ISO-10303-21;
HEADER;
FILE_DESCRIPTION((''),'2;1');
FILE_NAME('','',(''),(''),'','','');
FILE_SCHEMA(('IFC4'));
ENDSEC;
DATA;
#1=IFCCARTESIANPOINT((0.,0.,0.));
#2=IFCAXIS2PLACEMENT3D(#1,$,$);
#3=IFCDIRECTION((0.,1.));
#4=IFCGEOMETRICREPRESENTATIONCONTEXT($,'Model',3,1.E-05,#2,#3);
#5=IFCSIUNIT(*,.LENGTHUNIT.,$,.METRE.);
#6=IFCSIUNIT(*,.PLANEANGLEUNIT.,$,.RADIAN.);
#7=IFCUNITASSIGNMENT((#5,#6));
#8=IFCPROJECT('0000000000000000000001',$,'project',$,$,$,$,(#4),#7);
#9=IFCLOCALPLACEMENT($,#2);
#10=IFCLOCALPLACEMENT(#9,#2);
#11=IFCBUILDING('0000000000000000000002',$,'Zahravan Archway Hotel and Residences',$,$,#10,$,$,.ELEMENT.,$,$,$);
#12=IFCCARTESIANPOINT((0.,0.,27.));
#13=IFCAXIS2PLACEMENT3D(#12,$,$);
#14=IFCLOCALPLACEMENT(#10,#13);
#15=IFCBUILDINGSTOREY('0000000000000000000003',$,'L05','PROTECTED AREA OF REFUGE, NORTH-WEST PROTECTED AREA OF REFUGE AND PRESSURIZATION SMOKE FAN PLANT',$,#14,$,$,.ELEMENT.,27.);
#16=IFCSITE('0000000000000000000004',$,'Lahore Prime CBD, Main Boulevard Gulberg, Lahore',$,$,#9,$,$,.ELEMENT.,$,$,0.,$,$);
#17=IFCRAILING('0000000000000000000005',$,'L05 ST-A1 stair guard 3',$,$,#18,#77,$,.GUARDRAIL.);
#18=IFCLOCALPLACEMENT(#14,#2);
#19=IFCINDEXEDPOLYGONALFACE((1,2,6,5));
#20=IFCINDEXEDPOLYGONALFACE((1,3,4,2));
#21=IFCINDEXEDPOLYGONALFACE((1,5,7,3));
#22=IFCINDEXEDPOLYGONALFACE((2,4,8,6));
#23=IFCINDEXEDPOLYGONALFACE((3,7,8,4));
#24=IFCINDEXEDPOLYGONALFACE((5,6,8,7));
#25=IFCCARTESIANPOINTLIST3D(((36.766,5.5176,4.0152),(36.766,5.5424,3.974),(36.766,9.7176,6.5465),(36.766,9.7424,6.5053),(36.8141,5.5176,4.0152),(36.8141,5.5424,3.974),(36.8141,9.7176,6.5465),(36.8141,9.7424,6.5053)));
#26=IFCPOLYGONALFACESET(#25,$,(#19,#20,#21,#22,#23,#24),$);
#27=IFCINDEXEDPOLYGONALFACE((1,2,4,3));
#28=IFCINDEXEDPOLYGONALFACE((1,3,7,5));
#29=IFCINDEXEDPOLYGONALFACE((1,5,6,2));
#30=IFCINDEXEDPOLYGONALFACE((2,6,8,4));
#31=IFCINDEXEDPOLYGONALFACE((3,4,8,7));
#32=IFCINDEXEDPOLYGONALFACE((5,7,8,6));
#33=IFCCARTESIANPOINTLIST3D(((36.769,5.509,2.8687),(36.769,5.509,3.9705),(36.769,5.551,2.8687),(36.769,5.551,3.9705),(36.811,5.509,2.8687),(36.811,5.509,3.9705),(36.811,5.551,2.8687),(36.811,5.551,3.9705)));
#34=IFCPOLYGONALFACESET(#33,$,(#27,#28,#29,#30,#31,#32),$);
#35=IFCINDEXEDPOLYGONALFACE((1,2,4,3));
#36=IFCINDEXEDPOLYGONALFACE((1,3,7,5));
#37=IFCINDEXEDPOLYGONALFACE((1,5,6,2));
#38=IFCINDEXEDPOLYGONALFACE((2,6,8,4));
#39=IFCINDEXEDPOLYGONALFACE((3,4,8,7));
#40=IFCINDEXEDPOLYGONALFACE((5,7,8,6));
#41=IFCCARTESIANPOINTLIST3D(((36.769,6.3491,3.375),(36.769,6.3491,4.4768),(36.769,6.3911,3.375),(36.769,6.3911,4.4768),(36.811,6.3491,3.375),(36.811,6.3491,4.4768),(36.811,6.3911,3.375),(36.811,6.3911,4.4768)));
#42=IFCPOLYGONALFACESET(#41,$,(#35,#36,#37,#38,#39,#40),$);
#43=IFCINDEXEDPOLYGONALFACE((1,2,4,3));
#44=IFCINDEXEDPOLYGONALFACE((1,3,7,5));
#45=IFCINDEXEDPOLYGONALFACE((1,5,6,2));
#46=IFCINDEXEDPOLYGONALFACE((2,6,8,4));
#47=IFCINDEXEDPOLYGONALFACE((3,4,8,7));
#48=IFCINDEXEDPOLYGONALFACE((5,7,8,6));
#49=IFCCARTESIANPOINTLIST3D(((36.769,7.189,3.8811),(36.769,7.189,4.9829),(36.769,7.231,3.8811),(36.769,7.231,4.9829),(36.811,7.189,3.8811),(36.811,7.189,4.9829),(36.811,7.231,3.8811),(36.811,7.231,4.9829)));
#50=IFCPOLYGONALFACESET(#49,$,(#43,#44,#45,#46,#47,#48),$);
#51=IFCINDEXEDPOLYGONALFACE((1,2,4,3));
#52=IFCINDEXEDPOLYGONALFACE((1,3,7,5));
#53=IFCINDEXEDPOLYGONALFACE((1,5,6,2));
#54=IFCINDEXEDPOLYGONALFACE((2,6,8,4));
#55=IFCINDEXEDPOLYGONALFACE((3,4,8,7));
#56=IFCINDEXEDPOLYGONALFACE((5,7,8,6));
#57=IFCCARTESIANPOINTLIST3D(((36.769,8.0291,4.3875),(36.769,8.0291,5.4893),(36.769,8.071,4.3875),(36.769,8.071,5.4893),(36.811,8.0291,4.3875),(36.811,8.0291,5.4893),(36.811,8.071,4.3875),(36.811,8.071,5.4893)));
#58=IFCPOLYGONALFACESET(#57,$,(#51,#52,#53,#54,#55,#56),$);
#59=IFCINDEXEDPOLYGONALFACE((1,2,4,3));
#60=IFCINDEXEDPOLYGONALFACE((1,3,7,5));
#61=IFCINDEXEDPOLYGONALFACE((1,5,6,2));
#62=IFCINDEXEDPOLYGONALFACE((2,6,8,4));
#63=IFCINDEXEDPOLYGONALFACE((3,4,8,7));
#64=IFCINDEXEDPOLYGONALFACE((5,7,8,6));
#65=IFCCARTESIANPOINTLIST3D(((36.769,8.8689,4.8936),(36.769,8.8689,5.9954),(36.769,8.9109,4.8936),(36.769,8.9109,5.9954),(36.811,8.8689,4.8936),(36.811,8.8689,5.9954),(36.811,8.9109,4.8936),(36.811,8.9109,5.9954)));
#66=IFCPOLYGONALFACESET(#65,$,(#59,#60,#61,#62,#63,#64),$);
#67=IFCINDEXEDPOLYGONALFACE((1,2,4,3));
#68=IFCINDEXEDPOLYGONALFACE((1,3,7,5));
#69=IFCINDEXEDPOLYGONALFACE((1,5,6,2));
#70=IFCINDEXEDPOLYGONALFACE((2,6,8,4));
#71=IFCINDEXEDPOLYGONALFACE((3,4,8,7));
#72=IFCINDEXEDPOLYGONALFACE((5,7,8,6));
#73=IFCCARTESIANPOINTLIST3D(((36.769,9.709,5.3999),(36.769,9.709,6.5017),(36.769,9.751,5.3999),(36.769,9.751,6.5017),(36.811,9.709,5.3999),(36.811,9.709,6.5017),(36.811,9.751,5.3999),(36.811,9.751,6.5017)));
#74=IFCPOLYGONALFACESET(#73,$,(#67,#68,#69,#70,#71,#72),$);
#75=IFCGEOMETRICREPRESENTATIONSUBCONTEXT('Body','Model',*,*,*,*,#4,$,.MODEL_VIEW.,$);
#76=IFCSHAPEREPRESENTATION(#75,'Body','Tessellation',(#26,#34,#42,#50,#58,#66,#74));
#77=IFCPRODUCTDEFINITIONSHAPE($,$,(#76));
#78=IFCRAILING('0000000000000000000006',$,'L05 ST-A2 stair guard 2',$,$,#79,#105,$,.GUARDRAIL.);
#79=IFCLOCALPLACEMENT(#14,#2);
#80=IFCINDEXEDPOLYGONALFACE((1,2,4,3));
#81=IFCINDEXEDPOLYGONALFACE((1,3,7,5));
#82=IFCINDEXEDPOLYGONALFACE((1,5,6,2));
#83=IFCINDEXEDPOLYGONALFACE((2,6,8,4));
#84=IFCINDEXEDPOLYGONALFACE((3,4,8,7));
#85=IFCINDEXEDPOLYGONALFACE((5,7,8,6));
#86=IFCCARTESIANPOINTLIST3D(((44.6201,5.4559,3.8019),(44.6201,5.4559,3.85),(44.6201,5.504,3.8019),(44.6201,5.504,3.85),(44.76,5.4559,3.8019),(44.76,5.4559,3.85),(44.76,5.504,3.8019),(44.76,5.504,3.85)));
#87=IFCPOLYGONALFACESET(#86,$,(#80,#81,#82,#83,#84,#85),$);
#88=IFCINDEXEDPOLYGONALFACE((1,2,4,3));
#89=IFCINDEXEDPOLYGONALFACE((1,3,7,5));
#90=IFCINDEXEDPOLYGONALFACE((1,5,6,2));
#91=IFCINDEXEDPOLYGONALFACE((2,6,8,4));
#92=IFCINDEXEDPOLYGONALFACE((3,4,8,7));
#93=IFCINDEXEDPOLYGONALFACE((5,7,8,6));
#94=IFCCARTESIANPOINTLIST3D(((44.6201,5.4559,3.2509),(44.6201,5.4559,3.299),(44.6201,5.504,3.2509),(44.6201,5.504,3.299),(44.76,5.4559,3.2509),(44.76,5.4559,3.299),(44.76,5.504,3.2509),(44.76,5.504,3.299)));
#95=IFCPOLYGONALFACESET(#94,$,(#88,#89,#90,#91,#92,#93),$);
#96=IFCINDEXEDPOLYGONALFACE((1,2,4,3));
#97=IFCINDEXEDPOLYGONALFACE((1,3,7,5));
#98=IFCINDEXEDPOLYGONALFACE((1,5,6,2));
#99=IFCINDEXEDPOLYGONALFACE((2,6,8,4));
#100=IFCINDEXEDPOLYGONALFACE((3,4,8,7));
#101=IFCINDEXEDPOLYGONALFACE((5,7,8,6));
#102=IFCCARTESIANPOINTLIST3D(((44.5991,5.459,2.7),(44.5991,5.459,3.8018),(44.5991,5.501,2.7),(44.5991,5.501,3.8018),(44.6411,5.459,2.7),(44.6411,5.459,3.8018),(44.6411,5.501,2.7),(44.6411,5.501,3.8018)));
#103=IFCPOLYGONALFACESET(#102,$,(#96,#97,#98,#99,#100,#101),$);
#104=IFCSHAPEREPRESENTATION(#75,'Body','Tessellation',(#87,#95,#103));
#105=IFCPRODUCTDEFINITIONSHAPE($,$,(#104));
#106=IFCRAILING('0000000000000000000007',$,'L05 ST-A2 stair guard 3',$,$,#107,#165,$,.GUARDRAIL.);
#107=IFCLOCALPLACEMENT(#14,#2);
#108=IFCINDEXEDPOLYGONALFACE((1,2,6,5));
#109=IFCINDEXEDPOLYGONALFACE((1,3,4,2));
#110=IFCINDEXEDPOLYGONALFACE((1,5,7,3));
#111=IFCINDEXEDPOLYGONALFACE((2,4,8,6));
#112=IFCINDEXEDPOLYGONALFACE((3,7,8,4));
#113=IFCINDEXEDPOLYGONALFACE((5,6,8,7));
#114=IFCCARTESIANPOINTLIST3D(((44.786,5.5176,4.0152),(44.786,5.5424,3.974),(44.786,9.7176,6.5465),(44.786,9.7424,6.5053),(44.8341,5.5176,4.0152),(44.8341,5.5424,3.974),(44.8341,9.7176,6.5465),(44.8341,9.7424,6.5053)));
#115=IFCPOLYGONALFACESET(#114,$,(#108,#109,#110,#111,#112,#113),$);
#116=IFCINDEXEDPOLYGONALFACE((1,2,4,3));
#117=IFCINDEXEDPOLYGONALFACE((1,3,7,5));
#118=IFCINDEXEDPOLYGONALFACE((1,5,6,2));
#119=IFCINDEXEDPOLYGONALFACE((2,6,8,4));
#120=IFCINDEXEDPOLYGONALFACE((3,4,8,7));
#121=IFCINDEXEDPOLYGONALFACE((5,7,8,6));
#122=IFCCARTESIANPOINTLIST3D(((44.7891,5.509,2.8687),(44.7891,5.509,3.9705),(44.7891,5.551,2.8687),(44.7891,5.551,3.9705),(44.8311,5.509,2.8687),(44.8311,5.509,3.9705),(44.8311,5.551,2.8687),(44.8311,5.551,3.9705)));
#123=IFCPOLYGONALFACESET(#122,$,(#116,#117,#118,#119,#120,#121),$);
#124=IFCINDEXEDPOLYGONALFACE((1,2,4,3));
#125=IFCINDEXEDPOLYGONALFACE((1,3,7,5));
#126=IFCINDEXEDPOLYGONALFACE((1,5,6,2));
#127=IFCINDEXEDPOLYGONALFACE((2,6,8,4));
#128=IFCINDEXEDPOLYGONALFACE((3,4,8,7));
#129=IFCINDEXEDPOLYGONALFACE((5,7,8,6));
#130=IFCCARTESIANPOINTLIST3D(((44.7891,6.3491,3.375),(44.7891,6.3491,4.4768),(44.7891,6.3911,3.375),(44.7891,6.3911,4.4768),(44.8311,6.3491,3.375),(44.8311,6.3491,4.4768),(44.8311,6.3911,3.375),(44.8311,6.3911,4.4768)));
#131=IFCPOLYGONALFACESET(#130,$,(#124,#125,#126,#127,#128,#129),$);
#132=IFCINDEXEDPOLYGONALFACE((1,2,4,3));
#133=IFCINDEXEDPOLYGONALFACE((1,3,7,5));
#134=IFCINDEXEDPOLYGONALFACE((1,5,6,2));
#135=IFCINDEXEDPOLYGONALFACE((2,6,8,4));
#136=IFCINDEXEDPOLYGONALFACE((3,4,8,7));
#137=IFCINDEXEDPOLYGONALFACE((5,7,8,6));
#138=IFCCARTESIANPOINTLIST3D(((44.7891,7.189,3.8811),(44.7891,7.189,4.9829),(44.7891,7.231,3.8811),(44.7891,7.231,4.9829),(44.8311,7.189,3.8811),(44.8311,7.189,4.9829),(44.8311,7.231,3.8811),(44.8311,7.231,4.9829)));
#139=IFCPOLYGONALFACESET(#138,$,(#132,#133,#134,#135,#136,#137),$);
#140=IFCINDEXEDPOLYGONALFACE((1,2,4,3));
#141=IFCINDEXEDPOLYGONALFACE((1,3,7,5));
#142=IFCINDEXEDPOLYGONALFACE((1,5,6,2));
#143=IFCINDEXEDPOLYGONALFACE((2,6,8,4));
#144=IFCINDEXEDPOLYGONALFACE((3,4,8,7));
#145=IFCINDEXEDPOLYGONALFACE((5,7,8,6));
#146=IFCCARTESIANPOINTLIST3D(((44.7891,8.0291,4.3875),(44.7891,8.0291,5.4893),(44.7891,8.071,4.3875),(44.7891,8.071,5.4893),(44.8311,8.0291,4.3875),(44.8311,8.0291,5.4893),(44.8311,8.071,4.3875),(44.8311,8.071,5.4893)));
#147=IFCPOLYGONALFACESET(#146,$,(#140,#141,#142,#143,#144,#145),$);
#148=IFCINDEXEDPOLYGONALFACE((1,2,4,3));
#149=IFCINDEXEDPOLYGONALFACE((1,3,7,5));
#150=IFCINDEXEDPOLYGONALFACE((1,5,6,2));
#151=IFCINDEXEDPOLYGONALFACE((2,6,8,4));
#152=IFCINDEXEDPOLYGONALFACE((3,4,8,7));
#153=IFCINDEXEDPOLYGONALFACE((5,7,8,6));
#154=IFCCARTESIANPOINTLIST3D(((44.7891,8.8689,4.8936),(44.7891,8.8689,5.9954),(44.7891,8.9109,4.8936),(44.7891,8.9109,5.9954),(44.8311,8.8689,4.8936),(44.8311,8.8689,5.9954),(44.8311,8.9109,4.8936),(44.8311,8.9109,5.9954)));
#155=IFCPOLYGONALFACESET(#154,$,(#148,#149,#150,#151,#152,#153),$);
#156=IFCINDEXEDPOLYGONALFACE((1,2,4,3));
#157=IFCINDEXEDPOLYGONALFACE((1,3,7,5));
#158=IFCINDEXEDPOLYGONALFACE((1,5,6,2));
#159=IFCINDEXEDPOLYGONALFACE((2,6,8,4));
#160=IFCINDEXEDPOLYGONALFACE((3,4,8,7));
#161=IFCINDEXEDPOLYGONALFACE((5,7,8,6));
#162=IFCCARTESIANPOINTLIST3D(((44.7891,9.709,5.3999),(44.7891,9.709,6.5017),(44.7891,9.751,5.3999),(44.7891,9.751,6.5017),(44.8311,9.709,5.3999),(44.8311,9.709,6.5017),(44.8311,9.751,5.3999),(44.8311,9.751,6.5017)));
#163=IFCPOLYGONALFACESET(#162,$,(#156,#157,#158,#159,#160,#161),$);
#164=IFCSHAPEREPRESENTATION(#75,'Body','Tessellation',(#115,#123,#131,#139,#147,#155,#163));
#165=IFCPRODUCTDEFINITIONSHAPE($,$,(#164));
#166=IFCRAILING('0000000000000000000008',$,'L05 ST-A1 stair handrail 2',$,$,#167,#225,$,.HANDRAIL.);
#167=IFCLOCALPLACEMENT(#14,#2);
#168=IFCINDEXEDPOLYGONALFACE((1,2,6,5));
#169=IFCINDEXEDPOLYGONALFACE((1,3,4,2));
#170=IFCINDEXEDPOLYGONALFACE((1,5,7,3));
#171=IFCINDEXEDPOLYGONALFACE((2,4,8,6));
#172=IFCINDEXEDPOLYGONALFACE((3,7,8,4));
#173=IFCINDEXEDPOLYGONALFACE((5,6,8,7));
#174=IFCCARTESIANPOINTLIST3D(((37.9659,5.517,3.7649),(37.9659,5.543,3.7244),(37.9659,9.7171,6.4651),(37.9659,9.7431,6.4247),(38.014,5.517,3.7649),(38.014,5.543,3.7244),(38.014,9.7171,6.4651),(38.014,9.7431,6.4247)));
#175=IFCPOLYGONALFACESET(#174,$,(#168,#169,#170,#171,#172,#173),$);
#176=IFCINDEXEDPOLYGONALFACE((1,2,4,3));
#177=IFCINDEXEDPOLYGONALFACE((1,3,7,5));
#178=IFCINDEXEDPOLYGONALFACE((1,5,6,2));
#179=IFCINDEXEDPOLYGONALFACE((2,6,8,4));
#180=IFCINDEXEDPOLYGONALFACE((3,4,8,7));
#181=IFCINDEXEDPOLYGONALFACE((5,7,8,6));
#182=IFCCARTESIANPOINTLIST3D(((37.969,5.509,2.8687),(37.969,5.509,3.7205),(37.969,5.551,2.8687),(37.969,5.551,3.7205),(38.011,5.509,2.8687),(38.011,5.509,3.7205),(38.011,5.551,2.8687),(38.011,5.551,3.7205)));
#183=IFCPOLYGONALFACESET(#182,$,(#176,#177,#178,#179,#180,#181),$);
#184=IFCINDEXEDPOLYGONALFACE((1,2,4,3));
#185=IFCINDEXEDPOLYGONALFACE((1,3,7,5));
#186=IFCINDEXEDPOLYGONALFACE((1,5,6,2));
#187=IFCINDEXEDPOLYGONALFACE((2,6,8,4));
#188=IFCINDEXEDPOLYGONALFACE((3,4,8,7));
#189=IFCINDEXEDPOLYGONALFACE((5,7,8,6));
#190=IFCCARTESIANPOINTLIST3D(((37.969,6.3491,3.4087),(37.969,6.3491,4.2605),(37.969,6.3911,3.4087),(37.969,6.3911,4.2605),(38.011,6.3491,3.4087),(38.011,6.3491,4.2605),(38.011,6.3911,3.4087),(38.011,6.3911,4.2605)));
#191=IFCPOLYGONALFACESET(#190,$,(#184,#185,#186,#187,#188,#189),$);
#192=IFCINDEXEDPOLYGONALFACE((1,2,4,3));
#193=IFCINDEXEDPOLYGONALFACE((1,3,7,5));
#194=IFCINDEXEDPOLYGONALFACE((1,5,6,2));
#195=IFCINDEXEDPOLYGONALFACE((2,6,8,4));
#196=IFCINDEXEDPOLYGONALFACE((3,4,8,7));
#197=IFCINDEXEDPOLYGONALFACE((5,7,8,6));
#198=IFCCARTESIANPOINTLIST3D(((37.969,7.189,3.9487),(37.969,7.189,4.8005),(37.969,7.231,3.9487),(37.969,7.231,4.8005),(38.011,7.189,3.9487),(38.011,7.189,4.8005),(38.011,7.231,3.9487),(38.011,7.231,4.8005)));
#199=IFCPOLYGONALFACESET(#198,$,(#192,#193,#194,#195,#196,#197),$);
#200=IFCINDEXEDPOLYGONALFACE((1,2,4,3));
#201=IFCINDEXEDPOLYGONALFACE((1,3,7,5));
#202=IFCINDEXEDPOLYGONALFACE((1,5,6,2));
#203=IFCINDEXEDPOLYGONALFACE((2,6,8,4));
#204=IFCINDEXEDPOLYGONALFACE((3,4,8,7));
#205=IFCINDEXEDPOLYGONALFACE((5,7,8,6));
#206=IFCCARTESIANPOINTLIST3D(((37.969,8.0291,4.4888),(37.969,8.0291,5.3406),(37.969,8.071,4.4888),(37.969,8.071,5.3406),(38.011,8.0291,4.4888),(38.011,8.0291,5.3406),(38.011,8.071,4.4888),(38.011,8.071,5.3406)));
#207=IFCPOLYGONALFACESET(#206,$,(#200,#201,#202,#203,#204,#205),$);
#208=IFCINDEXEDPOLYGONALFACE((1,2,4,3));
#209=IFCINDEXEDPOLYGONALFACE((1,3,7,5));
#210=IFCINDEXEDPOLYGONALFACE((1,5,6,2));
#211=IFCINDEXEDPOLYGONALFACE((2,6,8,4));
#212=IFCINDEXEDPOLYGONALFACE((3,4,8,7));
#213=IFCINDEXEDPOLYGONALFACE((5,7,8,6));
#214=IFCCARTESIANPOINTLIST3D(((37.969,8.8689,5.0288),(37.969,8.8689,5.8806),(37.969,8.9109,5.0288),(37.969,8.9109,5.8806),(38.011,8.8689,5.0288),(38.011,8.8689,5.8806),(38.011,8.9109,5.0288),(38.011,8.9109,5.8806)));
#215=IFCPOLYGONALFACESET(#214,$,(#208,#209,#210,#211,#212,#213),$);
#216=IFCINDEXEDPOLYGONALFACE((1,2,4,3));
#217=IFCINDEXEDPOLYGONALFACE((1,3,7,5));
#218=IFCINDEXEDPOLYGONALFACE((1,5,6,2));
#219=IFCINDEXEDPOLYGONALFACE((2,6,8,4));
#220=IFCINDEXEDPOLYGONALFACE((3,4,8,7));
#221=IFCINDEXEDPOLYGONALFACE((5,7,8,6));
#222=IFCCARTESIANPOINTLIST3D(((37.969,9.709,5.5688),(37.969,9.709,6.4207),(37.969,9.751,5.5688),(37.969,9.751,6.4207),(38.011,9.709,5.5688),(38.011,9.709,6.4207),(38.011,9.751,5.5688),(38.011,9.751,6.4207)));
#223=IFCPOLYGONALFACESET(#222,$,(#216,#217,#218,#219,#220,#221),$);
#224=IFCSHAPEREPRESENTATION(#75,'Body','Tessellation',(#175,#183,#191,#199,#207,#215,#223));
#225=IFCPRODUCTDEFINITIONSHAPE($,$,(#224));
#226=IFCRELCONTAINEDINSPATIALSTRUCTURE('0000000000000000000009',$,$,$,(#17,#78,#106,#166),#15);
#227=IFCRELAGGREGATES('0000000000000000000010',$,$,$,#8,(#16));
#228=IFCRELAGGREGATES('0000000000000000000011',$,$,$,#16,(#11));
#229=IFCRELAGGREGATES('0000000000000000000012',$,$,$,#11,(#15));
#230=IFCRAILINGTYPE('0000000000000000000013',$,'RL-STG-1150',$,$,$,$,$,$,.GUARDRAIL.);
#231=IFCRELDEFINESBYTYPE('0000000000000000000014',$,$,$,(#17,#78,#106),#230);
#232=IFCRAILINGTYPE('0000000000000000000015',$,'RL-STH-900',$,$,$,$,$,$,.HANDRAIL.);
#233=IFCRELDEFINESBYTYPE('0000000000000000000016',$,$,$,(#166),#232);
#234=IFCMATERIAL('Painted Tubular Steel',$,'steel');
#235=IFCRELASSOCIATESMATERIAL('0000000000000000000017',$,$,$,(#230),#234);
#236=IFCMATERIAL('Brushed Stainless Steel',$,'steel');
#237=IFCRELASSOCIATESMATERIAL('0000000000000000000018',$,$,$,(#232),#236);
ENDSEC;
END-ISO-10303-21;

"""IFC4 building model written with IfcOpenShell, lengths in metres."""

from ifc_helpers import new_model, si_unit, direction, frame, origin, origin_2d, place, context, subcontext, project, spatial, rectangle, extrude, material, type_object, element, save


model = new_model("IFC4")

# Units and contexts
model_context = context("Model", 3, precision=1e-05, world=origin(), true_north=direction((0.0, 1.0)))
body_context = subcontext(model_context, "Body", "Model", "MODEL_VIEW")
ifc_project = project(units=[si_unit("LENGTHUNIT", "METRE"), si_unit("PLANEANGLEUNIT", "RADIAN")], contexts=[model_context])

# Site, building, storey
site_placement = place(None, origin())
site = spatial("IfcSite", under=ifc_project, at=site_placement, Name="Lahore Prime CBD, Main Boulevard Gulberg, Lahore", CompositionType="ELEMENT", RefElevation=0.0)
building_placement = place(site_placement, origin())
building = spatial("IfcBuilding", under=site, at=building_placement, Name="Zahravan Archway Hotel and Residences", CompositionType="ELEMENT")
storey_placement = place(building_placement, frame((0.0, 0.0, 27.0)))
storey = spatial("IfcBuildingStorey", under=building, at=storey_placement, Name="L05", Description="PROTECTED AREA OF REFUGE, NORTH-WEST PROTECTED AREA OF REFUGE AND PRESSURIZATION SMOKE FAN PLANT", CompositionType="ELEMENT", Elevation=27.0)

# Railings
ifc_material_1 = material(Name="Painted Tubular Steel", Category="steel")
railing_type_1 = type_object("IfcRailingType", Name="RL-STG-1150", PredefinedType="GUARDRAIL", material=ifc_material_1)
railing_1_placement = place(storey_placement, frame((36.79, 5.53, 2.8687)))
element("IfcRailing", 1, at=railing_1_placement, inside=storey, type_object=railing_type_1, Name="L05 ST-A1 stair guard 3", PredefinedType="GUARDRAIL", context=body_context, shape_type="SweptSolid", body=[
    extrude(rectangle(XDim=0.0481, YDim=0.0481, at=origin_2d()), frame((0.0, 0.0, 1.126), z_axis=(0.0, 0.856476, 0.516186), x_axis=(-1.0, 0.0, 0.0)), (0.0, 0.0, 1.0), 4.9038),
    extrude(rectangle(XDim=0.042, YDim=0.042, at=origin_2d()), origin(), (0.0, 0.0, 1.0), 1.1018),
    extrude(rectangle(XDim=0.042, YDim=0.042, at=origin_2d()), frame((0.0, 0.8401, 0.5063)), (0.0, 0.0, 1.0), 1.1018),
    extrude(rectangle(XDim=0.042, YDim=0.042, at=origin_2d()), frame((0.0, 1.6799, 1.0125)), (0.0, 0.0, 1.0), 1.1018),
    extrude(rectangle(XDim=0.042, YDim=0.042, at=origin_2d()), frame((0.0, 2.52, 1.5188)), (0.0, 0.0, 1.0), 1.1018),
    extrude(rectangle(XDim=0.042, YDim=0.042, at=origin_2d()), frame((0.0, 3.3599, 2.0249)), (0.0, 0.0, 1.0), 1.1018),
    extrude(rectangle(XDim=0.042, YDim=0.042, at=origin_2d()), frame((0.0, 4.2, 2.5312)), (0.0, 0.0, 1.0), 1.1018),
])
railing_2_placement = place(storey_placement, frame((44.6201, 5.48, 2.7)))
element("IfcRailing", 2, at=railing_2_placement, inside=storey, type_object=railing_type_1, Name="L05 ST-A2 stair guard 2", PredefinedType="GUARDRAIL", context=body_context, shape_type="SweptSolid", body=[
    extrude(rectangle(XDim=0.0481, YDim=0.0481, at=origin_2d()), frame((0.0, 0.0, 1.126), z_axis=(1.0, 0.0, 0.0), x_axis=(0.0, 1.0, 0.0)), (0.0, 0.0, 1.0), 0.1399),
    extrude(rectangle(XDim=0.0481, YDim=0.0481, at=origin_2d()), frame((0.0, 0.0, 0.575), z_axis=(1.0, 0.0, 0.0), x_axis=(0.0, 1.0, 0.0)), (0.0, 0.0, 1.0), 0.1399),
    extrude(rectangle(XDim=0.042, YDim=0.042, at=origin_2d()), origin(), (0.0, 0.0, 1.0), 1.1018),
])
railing_3_placement = place(storey_placement, frame((44.8101, 5.53, 2.8687)))
element("IfcRailing", 3, at=railing_3_placement, inside=storey, type_object=railing_type_1, Name="L05 ST-A2 stair guard 3", PredefinedType="GUARDRAIL", context=body_context, shape_type="SweptSolid", body=[
    extrude(rectangle(XDim=0.0481, YDim=0.0481, at=origin_2d()), frame((0.0, 0.0, 1.126), z_axis=(0.0, 0.856476, 0.516186), x_axis=(-1.0, 0.0, 0.0)), (0.0, 0.0, 1.0), 4.9038),
    extrude(rectangle(XDim=0.042, YDim=0.042, at=origin_2d()), origin(), (0.0, 0.0, 1.0), 1.1018),
    extrude(rectangle(XDim=0.042, YDim=0.042, at=origin_2d()), frame((0.0, 0.8401, 0.5063)), (0.0, 0.0, 1.0), 1.1018),
    extrude(rectangle(XDim=0.042, YDim=0.042, at=origin_2d()), frame((0.0, 1.6799, 1.0125)), (0.0, 0.0, 1.0), 1.1018),
    extrude(rectangle(XDim=0.042, YDim=0.042, at=origin_2d()), frame((0.0, 2.52, 1.5188)), (0.0, 0.0, 1.0), 1.1018),
    extrude(rectangle(XDim=0.042, YDim=0.042, at=origin_2d()), frame((0.0, 3.3599, 2.0249)), (0.0, 0.0, 1.0), 1.1018),
    extrude(rectangle(XDim=0.042, YDim=0.042, at=origin_2d()), frame((0.0, 4.2, 2.5312)), (0.0, 0.0, 1.0), 1.1018),
])
ifc_material_2 = material(Name="Brushed Stainless Steel", Category="steel")
railing_type_2 = type_object("IfcRailingType", Name="RL-STH-900", PredefinedType="HANDRAIL", material=ifc_material_2)
railing_4_placement = place(storey_placement, frame((37.99, 5.53, 2.8687)))
element("IfcRailing", 4, at=railing_4_placement, inside=storey, type_object=railing_type_2, Name="L05 ST-A1 stair handrail 2", PredefinedType="HANDRAIL", context=body_context, shape_type="SweptSolid", body=[
    extrude(rectangle(XDim=0.0481, YDim=0.0481, at=origin_2d()), frame((0.0, 0.0, 0.876), z_axis=(0.0, 0.841158, 0.54079), x_axis=(-1.0, 0.0, 0.0)), (0.0, 0.0, 1.0), 4.9932),
    extrude(rectangle(XDim=0.042, YDim=0.042, at=origin_2d()), origin(), (0.0, 0.0, 1.0), 0.8518),
    extrude(rectangle(XDim=0.042, YDim=0.042, at=origin_2d()), frame((0.0, 0.8401, 0.54)), (0.0, 0.0, 1.0), 0.8518),
    extrude(rectangle(XDim=0.042, YDim=0.042, at=origin_2d()), frame((0.0, 1.6799, 1.0801)), (0.0, 0.0, 1.0), 0.8518),
    extrude(rectangle(XDim=0.042, YDim=0.042, at=origin_2d()), frame((0.0, 2.52, 1.6201)), (0.0, 0.0, 1.0), 0.8518),
    extrude(rectangle(XDim=0.042, YDim=0.042, at=origin_2d()), frame((0.0, 3.3599, 2.1602)), (0.0, 0.0, 1.0), 0.8518),
    extrude(rectangle(XDim=0.042, YDim=0.042, at=origin_2d()), frame((0.0, 4.2, 2.7002)), (0.0, 0.0, 1.0), 0.8518),
])

save(model, "model.ifc")
